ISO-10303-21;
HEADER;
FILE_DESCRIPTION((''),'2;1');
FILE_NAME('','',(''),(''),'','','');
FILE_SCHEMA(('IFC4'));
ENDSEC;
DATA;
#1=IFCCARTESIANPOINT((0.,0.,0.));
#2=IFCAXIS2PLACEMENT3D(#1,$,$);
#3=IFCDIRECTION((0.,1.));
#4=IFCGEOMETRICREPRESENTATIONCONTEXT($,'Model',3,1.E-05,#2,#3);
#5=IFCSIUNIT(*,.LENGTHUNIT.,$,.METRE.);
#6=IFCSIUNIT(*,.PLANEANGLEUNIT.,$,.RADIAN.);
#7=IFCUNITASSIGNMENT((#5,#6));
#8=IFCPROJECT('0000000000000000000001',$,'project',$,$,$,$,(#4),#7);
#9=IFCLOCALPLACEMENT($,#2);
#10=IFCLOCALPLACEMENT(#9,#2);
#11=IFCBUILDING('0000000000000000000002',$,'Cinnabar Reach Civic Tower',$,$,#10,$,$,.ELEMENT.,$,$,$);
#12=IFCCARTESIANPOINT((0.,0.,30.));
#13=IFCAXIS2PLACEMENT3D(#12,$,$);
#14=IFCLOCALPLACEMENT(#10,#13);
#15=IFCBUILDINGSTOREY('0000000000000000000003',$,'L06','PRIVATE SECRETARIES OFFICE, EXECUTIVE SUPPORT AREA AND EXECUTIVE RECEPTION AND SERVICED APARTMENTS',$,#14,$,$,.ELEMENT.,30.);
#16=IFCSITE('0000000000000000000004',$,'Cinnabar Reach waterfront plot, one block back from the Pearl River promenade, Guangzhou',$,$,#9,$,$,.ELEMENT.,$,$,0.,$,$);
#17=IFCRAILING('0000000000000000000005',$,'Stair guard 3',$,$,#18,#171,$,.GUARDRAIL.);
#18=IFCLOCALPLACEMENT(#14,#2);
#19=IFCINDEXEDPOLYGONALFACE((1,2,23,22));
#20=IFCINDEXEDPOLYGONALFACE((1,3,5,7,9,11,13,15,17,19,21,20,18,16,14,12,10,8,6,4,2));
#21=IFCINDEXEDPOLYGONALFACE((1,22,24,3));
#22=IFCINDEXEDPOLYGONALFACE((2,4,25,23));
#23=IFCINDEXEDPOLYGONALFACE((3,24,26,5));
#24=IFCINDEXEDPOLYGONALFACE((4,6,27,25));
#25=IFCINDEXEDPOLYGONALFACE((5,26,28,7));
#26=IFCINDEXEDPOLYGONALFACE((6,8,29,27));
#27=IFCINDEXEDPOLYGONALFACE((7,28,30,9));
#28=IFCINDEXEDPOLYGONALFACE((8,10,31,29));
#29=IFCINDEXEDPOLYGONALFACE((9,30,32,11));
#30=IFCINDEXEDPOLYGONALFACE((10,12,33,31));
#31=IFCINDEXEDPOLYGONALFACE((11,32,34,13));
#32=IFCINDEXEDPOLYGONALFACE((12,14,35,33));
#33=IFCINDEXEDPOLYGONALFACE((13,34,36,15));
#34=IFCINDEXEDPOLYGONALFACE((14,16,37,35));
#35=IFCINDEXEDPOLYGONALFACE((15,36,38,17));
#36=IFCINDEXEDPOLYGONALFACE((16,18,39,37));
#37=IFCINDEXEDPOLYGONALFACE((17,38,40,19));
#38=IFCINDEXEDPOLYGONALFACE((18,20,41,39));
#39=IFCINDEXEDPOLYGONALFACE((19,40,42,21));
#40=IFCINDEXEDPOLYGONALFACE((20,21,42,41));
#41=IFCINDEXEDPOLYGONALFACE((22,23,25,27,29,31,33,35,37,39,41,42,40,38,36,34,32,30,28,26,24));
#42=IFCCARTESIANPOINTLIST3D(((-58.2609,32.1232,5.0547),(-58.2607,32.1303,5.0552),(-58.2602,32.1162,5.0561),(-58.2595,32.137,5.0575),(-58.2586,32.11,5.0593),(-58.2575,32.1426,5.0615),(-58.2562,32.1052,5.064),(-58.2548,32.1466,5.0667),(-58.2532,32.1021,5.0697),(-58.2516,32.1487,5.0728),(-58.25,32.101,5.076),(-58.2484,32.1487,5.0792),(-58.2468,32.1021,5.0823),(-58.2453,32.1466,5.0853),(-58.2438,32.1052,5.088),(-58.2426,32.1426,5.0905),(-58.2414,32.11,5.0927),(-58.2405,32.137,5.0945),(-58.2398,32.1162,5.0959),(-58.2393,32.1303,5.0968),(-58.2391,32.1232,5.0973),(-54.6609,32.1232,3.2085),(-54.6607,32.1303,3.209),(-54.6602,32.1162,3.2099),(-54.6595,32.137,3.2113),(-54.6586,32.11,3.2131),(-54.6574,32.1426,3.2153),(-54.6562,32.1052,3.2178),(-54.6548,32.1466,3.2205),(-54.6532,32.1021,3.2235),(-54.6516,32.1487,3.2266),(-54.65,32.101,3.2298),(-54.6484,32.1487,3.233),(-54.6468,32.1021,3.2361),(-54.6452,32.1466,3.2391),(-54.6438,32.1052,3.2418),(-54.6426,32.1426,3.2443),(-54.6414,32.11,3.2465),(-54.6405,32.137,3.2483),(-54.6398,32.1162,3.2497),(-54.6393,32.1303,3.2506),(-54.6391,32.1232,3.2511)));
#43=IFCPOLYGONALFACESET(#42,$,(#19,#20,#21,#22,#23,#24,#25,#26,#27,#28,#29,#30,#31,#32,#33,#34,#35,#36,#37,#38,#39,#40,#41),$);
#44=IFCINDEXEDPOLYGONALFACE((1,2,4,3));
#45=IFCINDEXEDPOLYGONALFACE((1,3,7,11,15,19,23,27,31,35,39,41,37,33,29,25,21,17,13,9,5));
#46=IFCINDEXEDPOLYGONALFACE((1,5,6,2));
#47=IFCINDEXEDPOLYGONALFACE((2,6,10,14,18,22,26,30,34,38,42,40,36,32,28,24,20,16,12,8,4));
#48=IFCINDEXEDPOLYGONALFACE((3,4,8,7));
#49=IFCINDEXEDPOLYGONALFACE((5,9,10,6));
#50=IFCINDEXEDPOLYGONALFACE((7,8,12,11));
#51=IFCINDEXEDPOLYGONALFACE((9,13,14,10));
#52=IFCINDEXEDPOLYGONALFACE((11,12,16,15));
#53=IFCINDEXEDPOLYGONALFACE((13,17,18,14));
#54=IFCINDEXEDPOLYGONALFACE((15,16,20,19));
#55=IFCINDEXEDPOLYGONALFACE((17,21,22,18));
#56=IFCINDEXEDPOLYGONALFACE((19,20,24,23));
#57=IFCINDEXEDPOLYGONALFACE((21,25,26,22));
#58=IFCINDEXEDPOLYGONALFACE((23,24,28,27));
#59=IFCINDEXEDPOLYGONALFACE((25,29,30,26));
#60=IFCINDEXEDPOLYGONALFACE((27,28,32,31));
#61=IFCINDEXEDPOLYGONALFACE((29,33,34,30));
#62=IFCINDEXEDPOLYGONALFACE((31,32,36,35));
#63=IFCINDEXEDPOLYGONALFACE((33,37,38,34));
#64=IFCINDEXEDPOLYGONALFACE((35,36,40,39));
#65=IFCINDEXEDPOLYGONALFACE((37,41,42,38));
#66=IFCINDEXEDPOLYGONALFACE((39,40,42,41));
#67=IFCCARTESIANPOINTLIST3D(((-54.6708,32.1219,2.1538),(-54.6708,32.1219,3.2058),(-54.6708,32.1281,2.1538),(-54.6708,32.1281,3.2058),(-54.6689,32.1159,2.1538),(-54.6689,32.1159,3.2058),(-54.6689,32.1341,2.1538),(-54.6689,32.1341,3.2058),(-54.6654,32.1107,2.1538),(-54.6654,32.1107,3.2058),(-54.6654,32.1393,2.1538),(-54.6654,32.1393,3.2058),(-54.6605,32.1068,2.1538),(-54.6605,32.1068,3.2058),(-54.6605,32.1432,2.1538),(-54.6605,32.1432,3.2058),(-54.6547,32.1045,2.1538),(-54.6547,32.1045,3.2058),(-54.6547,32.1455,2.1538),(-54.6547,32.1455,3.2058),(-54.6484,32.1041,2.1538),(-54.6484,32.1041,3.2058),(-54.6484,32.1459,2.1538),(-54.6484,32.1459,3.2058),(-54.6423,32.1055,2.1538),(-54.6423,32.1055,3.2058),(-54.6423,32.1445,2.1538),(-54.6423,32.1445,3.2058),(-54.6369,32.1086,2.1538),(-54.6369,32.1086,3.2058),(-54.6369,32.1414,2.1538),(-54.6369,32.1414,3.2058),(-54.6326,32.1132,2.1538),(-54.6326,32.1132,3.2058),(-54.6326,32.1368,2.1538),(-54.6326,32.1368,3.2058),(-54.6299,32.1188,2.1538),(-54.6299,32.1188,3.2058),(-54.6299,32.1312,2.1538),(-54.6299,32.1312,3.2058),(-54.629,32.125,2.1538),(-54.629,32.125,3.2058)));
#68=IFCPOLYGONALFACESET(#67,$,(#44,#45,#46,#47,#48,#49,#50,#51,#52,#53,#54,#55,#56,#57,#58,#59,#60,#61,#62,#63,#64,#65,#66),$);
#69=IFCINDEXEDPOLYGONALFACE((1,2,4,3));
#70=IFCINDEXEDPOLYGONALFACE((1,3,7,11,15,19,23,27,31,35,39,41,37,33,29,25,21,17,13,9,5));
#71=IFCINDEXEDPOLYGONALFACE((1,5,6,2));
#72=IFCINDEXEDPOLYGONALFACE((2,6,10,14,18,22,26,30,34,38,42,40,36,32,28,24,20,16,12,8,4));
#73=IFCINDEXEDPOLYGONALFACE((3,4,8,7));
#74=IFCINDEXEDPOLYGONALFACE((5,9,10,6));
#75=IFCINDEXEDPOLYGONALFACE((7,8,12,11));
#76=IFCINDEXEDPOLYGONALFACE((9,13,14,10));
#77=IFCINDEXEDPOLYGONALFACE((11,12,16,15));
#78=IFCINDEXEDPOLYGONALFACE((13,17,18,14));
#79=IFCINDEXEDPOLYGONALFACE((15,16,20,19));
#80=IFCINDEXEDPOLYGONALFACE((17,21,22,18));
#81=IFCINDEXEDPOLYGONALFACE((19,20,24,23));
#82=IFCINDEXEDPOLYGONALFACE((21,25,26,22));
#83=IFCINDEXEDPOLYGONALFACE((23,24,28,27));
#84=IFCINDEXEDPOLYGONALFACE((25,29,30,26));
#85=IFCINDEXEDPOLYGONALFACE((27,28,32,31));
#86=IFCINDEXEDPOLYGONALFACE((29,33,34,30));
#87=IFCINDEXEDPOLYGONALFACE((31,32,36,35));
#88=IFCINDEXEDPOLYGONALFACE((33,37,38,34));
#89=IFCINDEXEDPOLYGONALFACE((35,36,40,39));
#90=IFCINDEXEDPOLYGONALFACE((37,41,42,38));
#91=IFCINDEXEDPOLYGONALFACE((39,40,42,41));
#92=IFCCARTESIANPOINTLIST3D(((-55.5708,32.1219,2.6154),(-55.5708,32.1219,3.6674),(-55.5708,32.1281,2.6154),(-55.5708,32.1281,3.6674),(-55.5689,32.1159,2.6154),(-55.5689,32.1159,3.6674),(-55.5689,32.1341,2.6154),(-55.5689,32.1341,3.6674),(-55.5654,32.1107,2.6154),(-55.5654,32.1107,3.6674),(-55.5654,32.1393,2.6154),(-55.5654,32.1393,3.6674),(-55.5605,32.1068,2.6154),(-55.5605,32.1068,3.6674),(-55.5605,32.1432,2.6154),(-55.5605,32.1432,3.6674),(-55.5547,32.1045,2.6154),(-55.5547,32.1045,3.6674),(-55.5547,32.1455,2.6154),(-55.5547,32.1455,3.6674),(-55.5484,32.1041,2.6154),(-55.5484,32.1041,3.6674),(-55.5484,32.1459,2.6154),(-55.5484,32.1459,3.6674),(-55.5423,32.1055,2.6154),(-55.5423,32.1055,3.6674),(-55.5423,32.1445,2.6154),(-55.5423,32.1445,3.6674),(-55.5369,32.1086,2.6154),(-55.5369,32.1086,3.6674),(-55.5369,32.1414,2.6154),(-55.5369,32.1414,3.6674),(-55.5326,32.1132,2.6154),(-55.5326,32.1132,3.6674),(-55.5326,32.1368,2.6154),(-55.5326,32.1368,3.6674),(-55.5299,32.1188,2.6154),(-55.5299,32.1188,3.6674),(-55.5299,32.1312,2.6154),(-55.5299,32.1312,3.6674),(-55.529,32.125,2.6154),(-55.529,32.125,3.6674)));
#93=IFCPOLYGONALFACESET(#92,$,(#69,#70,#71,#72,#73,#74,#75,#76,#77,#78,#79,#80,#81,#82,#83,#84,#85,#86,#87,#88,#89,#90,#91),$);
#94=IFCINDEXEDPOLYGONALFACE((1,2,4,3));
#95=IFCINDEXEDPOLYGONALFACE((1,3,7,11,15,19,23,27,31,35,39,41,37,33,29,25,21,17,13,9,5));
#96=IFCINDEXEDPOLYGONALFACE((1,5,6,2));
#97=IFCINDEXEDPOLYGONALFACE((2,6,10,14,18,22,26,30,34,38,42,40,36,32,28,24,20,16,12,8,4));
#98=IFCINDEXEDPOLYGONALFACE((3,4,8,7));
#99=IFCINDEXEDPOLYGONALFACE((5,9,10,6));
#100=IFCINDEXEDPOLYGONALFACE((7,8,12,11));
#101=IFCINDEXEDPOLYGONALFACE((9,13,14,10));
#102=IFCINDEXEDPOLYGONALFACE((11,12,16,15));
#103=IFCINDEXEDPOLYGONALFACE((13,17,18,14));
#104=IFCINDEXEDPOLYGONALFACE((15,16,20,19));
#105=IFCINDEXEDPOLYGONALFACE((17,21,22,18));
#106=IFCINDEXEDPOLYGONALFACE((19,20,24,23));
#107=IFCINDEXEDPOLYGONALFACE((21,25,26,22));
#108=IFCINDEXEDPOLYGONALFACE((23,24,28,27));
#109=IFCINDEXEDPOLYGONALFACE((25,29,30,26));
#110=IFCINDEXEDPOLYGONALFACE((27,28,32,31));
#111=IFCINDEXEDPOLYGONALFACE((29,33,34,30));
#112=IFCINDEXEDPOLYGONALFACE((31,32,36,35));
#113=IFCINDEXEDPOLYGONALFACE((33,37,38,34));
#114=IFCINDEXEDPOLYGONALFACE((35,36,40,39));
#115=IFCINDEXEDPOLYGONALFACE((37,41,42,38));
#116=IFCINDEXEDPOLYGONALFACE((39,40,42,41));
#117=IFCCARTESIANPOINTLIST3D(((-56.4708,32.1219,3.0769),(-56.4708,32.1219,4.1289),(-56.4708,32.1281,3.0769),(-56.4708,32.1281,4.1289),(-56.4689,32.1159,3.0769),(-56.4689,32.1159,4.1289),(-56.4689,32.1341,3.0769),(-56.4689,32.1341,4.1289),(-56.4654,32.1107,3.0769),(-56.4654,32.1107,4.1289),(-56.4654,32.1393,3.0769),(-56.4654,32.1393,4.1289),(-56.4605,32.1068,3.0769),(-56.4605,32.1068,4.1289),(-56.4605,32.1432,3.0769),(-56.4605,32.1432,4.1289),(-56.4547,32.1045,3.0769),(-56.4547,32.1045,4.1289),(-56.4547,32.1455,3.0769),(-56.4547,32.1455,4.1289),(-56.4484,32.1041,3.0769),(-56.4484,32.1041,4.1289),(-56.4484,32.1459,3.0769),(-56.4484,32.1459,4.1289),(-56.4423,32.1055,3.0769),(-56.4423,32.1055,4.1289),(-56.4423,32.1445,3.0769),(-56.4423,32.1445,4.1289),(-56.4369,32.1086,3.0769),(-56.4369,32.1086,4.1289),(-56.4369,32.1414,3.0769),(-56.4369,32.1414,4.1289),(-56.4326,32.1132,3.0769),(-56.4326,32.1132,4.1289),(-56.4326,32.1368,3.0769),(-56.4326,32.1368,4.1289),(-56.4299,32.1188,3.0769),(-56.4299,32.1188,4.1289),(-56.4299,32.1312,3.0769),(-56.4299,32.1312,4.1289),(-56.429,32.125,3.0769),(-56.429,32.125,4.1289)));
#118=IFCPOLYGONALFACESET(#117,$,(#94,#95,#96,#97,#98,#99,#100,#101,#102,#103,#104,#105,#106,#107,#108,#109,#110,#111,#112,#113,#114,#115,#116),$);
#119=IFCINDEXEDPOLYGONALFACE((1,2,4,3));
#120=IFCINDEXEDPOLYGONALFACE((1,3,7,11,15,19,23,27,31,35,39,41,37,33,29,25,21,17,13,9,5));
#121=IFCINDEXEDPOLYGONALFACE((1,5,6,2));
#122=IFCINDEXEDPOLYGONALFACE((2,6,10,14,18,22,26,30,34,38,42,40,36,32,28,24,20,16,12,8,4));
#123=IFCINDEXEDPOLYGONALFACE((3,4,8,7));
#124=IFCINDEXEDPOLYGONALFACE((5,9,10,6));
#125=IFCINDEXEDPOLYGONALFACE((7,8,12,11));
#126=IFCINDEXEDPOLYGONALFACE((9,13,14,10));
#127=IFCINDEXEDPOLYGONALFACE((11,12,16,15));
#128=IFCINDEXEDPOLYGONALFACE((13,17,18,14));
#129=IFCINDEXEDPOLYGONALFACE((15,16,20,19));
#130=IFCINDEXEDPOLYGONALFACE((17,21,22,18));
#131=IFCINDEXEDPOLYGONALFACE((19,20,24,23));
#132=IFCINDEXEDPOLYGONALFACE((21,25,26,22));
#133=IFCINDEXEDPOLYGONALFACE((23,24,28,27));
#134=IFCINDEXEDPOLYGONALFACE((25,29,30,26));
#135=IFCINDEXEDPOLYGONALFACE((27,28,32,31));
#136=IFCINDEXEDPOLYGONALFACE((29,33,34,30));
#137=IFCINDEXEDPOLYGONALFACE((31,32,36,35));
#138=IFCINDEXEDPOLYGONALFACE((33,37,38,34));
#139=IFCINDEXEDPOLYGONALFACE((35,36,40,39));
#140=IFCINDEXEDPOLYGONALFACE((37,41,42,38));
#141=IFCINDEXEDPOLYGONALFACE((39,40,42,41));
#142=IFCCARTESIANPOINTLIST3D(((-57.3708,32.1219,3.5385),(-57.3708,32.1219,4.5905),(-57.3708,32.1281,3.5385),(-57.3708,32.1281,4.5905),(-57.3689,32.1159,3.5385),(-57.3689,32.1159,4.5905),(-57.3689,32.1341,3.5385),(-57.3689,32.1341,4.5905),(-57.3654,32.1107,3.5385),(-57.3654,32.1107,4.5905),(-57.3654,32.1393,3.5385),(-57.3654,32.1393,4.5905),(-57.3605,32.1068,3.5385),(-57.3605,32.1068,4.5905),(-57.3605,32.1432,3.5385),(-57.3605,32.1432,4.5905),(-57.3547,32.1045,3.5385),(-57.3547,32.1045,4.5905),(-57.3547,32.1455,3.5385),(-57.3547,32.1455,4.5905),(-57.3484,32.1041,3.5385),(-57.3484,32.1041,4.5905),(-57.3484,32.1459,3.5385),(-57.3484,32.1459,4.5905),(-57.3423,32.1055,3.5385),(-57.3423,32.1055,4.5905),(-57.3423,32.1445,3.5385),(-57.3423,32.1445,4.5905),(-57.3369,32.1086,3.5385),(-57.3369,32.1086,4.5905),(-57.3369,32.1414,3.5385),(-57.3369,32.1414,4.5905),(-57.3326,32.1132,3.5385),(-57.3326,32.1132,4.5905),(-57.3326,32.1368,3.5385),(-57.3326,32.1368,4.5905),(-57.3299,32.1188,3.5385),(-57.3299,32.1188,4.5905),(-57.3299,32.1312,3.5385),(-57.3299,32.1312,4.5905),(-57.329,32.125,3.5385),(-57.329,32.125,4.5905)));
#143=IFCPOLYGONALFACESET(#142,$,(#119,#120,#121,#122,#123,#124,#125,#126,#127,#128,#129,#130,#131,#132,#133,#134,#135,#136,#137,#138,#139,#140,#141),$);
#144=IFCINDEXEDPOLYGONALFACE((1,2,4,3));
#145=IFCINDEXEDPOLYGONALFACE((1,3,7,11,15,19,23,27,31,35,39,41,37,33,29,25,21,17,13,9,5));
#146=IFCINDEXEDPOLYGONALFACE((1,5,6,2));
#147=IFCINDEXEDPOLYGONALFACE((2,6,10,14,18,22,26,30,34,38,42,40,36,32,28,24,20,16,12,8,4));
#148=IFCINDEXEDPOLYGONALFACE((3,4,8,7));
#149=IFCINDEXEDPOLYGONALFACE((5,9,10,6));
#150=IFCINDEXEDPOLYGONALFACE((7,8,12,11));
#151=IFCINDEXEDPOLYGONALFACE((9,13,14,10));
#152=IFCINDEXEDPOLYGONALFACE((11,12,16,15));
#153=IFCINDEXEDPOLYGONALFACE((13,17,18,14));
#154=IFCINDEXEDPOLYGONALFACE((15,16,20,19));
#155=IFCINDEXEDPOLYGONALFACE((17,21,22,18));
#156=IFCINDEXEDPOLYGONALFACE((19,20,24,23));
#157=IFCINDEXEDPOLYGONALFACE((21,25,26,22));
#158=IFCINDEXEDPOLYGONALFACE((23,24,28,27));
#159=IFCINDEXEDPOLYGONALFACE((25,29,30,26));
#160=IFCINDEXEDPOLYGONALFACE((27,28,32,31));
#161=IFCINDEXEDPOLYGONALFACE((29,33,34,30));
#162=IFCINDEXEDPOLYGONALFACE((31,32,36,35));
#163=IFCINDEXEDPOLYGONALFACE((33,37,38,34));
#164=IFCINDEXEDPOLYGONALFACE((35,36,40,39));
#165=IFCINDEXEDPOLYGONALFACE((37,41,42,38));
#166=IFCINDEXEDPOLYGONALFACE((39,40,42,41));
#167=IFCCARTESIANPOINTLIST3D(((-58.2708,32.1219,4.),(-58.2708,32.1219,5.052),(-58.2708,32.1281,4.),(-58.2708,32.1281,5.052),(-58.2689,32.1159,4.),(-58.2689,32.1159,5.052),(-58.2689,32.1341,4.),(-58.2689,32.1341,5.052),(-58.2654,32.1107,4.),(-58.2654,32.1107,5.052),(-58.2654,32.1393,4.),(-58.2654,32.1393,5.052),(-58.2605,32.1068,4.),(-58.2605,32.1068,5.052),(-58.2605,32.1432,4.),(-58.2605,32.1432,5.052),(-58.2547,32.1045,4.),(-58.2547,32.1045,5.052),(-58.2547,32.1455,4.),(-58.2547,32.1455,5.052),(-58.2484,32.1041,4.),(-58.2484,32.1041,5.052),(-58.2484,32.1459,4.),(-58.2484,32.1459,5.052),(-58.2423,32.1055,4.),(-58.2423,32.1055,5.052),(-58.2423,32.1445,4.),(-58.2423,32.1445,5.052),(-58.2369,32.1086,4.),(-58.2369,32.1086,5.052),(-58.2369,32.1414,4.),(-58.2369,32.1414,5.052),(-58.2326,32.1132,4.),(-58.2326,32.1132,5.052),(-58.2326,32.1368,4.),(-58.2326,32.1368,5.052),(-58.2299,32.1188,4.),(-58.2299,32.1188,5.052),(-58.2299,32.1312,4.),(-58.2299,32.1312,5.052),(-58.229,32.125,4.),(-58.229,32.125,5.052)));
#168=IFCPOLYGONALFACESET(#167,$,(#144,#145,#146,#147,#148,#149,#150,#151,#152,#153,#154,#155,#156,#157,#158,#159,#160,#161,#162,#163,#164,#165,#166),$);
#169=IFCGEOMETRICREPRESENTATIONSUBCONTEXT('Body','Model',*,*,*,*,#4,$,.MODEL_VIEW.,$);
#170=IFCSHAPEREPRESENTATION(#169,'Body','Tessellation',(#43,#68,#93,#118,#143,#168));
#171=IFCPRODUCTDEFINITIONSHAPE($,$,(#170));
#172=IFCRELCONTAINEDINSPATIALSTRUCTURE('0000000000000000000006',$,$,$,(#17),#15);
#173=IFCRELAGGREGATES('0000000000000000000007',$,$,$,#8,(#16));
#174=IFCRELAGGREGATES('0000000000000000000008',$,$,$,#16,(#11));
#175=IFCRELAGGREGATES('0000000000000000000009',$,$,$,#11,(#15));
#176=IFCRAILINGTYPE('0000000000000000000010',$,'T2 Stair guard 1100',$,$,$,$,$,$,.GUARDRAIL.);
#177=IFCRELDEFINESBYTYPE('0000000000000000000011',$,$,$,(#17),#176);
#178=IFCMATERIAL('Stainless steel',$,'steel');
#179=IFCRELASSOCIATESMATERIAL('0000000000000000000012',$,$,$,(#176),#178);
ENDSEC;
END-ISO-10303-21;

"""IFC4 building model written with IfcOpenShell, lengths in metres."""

from ifc_helpers import new_model, si_unit, direction, frame, origin, origin_2d, place, context, subcontext, project, spatial, circle, extrude, material, type_object, element, save


model = new_model("IFC4")

# Units and contexts
model_context = context("Model", 3, precision=1e-05, world=origin(), true_north=direction((0.0, 1.0)))
body_context = subcontext(model_context, "Body", "Model", "MODEL_VIEW")
ifc_project = project(units=[si_unit("LENGTHUNIT", "METRE"), si_unit("PLANEANGLEUNIT", "RADIAN")], contexts=[model_context])

# Site, building, storey
site_placement = place(None, origin())
site = spatial("IfcSite", under=ifc_project, at=site_placement, Name="Cinnabar Reach waterfront plot, one block back from the Pearl River promenade, Guangzhou", CompositionType="ELEMENT", RefElevation=0.0)
building_placement = place(site_placement, origin())
building = spatial("IfcBuilding", under=site, at=building_placement, Name="Cinnabar Reach Civic Tower", CompositionType="ELEMENT")
storey_placement = place(building_placement, frame((0.0, 0.0, 30.0)))
storey = spatial("IfcBuildingStorey", under=building, at=storey_placement, Name="L06", Description="PRIVATE SECRETARIES OFFICE, EXECUTIVE SUPPORT AREA AND EXECUTIVE RECEPTION AND SERVICED APARTMENTS", CompositionType="ELEMENT", Elevation=30.0)

# Railing
ifc_material_1 = material(Name="Stainless steel", Category="steel")
railing_type = type_object("IfcRailingType", Name="T2 Stair guard 1100", PredefinedType="GUARDRAIL", material=ifc_material_1)
railing_1_placement = place(storey_placement, frame((-54.65, 32.125, 2.1538)))
element("IfcRailing", 1, at=railing_1_placement, inside=storey, type_object=railing_type, Name="Stair guard 3", PredefinedType="GUARDRAIL", context=body_context, shape_type="SweptSolid", body=[
    extrude(circle(Radius=0.024, at=origin_2d()), frame((0.0, 0.0, 1.076), z_axis=(-0.889813, 0.0, 0.456326), x_axis=(0.0, -1.0, 0.0)), (0.0, 0.0, 1.0), 4.0458),
    extrude(circle(Radius=0.021, at=origin_2d()), origin(), (0.0, 0.0, 1.0), 1.052),
    extrude(circle(Radius=0.021, at=origin_2d()), frame((-0.9, 0.0, 0.4616)), (0.0, 0.0, 1.0), 1.052),
    extrude(circle(Radius=0.021, at=origin_2d()), frame((-1.8, 0.0, 0.9231)), (0.0, 0.0, 1.0), 1.052),
    extrude(circle(Radius=0.021, at=origin_2d()), frame((-2.7, 0.0, 1.3847)), (0.0, 0.0, 1.0), 1.052),
    extrude(circle(Radius=0.021, at=origin_2d()), frame((-3.6, 0.0, 1.8462)), (0.0, 0.0, 1.0), 1.052),
])

save(model, "model.ifc")
